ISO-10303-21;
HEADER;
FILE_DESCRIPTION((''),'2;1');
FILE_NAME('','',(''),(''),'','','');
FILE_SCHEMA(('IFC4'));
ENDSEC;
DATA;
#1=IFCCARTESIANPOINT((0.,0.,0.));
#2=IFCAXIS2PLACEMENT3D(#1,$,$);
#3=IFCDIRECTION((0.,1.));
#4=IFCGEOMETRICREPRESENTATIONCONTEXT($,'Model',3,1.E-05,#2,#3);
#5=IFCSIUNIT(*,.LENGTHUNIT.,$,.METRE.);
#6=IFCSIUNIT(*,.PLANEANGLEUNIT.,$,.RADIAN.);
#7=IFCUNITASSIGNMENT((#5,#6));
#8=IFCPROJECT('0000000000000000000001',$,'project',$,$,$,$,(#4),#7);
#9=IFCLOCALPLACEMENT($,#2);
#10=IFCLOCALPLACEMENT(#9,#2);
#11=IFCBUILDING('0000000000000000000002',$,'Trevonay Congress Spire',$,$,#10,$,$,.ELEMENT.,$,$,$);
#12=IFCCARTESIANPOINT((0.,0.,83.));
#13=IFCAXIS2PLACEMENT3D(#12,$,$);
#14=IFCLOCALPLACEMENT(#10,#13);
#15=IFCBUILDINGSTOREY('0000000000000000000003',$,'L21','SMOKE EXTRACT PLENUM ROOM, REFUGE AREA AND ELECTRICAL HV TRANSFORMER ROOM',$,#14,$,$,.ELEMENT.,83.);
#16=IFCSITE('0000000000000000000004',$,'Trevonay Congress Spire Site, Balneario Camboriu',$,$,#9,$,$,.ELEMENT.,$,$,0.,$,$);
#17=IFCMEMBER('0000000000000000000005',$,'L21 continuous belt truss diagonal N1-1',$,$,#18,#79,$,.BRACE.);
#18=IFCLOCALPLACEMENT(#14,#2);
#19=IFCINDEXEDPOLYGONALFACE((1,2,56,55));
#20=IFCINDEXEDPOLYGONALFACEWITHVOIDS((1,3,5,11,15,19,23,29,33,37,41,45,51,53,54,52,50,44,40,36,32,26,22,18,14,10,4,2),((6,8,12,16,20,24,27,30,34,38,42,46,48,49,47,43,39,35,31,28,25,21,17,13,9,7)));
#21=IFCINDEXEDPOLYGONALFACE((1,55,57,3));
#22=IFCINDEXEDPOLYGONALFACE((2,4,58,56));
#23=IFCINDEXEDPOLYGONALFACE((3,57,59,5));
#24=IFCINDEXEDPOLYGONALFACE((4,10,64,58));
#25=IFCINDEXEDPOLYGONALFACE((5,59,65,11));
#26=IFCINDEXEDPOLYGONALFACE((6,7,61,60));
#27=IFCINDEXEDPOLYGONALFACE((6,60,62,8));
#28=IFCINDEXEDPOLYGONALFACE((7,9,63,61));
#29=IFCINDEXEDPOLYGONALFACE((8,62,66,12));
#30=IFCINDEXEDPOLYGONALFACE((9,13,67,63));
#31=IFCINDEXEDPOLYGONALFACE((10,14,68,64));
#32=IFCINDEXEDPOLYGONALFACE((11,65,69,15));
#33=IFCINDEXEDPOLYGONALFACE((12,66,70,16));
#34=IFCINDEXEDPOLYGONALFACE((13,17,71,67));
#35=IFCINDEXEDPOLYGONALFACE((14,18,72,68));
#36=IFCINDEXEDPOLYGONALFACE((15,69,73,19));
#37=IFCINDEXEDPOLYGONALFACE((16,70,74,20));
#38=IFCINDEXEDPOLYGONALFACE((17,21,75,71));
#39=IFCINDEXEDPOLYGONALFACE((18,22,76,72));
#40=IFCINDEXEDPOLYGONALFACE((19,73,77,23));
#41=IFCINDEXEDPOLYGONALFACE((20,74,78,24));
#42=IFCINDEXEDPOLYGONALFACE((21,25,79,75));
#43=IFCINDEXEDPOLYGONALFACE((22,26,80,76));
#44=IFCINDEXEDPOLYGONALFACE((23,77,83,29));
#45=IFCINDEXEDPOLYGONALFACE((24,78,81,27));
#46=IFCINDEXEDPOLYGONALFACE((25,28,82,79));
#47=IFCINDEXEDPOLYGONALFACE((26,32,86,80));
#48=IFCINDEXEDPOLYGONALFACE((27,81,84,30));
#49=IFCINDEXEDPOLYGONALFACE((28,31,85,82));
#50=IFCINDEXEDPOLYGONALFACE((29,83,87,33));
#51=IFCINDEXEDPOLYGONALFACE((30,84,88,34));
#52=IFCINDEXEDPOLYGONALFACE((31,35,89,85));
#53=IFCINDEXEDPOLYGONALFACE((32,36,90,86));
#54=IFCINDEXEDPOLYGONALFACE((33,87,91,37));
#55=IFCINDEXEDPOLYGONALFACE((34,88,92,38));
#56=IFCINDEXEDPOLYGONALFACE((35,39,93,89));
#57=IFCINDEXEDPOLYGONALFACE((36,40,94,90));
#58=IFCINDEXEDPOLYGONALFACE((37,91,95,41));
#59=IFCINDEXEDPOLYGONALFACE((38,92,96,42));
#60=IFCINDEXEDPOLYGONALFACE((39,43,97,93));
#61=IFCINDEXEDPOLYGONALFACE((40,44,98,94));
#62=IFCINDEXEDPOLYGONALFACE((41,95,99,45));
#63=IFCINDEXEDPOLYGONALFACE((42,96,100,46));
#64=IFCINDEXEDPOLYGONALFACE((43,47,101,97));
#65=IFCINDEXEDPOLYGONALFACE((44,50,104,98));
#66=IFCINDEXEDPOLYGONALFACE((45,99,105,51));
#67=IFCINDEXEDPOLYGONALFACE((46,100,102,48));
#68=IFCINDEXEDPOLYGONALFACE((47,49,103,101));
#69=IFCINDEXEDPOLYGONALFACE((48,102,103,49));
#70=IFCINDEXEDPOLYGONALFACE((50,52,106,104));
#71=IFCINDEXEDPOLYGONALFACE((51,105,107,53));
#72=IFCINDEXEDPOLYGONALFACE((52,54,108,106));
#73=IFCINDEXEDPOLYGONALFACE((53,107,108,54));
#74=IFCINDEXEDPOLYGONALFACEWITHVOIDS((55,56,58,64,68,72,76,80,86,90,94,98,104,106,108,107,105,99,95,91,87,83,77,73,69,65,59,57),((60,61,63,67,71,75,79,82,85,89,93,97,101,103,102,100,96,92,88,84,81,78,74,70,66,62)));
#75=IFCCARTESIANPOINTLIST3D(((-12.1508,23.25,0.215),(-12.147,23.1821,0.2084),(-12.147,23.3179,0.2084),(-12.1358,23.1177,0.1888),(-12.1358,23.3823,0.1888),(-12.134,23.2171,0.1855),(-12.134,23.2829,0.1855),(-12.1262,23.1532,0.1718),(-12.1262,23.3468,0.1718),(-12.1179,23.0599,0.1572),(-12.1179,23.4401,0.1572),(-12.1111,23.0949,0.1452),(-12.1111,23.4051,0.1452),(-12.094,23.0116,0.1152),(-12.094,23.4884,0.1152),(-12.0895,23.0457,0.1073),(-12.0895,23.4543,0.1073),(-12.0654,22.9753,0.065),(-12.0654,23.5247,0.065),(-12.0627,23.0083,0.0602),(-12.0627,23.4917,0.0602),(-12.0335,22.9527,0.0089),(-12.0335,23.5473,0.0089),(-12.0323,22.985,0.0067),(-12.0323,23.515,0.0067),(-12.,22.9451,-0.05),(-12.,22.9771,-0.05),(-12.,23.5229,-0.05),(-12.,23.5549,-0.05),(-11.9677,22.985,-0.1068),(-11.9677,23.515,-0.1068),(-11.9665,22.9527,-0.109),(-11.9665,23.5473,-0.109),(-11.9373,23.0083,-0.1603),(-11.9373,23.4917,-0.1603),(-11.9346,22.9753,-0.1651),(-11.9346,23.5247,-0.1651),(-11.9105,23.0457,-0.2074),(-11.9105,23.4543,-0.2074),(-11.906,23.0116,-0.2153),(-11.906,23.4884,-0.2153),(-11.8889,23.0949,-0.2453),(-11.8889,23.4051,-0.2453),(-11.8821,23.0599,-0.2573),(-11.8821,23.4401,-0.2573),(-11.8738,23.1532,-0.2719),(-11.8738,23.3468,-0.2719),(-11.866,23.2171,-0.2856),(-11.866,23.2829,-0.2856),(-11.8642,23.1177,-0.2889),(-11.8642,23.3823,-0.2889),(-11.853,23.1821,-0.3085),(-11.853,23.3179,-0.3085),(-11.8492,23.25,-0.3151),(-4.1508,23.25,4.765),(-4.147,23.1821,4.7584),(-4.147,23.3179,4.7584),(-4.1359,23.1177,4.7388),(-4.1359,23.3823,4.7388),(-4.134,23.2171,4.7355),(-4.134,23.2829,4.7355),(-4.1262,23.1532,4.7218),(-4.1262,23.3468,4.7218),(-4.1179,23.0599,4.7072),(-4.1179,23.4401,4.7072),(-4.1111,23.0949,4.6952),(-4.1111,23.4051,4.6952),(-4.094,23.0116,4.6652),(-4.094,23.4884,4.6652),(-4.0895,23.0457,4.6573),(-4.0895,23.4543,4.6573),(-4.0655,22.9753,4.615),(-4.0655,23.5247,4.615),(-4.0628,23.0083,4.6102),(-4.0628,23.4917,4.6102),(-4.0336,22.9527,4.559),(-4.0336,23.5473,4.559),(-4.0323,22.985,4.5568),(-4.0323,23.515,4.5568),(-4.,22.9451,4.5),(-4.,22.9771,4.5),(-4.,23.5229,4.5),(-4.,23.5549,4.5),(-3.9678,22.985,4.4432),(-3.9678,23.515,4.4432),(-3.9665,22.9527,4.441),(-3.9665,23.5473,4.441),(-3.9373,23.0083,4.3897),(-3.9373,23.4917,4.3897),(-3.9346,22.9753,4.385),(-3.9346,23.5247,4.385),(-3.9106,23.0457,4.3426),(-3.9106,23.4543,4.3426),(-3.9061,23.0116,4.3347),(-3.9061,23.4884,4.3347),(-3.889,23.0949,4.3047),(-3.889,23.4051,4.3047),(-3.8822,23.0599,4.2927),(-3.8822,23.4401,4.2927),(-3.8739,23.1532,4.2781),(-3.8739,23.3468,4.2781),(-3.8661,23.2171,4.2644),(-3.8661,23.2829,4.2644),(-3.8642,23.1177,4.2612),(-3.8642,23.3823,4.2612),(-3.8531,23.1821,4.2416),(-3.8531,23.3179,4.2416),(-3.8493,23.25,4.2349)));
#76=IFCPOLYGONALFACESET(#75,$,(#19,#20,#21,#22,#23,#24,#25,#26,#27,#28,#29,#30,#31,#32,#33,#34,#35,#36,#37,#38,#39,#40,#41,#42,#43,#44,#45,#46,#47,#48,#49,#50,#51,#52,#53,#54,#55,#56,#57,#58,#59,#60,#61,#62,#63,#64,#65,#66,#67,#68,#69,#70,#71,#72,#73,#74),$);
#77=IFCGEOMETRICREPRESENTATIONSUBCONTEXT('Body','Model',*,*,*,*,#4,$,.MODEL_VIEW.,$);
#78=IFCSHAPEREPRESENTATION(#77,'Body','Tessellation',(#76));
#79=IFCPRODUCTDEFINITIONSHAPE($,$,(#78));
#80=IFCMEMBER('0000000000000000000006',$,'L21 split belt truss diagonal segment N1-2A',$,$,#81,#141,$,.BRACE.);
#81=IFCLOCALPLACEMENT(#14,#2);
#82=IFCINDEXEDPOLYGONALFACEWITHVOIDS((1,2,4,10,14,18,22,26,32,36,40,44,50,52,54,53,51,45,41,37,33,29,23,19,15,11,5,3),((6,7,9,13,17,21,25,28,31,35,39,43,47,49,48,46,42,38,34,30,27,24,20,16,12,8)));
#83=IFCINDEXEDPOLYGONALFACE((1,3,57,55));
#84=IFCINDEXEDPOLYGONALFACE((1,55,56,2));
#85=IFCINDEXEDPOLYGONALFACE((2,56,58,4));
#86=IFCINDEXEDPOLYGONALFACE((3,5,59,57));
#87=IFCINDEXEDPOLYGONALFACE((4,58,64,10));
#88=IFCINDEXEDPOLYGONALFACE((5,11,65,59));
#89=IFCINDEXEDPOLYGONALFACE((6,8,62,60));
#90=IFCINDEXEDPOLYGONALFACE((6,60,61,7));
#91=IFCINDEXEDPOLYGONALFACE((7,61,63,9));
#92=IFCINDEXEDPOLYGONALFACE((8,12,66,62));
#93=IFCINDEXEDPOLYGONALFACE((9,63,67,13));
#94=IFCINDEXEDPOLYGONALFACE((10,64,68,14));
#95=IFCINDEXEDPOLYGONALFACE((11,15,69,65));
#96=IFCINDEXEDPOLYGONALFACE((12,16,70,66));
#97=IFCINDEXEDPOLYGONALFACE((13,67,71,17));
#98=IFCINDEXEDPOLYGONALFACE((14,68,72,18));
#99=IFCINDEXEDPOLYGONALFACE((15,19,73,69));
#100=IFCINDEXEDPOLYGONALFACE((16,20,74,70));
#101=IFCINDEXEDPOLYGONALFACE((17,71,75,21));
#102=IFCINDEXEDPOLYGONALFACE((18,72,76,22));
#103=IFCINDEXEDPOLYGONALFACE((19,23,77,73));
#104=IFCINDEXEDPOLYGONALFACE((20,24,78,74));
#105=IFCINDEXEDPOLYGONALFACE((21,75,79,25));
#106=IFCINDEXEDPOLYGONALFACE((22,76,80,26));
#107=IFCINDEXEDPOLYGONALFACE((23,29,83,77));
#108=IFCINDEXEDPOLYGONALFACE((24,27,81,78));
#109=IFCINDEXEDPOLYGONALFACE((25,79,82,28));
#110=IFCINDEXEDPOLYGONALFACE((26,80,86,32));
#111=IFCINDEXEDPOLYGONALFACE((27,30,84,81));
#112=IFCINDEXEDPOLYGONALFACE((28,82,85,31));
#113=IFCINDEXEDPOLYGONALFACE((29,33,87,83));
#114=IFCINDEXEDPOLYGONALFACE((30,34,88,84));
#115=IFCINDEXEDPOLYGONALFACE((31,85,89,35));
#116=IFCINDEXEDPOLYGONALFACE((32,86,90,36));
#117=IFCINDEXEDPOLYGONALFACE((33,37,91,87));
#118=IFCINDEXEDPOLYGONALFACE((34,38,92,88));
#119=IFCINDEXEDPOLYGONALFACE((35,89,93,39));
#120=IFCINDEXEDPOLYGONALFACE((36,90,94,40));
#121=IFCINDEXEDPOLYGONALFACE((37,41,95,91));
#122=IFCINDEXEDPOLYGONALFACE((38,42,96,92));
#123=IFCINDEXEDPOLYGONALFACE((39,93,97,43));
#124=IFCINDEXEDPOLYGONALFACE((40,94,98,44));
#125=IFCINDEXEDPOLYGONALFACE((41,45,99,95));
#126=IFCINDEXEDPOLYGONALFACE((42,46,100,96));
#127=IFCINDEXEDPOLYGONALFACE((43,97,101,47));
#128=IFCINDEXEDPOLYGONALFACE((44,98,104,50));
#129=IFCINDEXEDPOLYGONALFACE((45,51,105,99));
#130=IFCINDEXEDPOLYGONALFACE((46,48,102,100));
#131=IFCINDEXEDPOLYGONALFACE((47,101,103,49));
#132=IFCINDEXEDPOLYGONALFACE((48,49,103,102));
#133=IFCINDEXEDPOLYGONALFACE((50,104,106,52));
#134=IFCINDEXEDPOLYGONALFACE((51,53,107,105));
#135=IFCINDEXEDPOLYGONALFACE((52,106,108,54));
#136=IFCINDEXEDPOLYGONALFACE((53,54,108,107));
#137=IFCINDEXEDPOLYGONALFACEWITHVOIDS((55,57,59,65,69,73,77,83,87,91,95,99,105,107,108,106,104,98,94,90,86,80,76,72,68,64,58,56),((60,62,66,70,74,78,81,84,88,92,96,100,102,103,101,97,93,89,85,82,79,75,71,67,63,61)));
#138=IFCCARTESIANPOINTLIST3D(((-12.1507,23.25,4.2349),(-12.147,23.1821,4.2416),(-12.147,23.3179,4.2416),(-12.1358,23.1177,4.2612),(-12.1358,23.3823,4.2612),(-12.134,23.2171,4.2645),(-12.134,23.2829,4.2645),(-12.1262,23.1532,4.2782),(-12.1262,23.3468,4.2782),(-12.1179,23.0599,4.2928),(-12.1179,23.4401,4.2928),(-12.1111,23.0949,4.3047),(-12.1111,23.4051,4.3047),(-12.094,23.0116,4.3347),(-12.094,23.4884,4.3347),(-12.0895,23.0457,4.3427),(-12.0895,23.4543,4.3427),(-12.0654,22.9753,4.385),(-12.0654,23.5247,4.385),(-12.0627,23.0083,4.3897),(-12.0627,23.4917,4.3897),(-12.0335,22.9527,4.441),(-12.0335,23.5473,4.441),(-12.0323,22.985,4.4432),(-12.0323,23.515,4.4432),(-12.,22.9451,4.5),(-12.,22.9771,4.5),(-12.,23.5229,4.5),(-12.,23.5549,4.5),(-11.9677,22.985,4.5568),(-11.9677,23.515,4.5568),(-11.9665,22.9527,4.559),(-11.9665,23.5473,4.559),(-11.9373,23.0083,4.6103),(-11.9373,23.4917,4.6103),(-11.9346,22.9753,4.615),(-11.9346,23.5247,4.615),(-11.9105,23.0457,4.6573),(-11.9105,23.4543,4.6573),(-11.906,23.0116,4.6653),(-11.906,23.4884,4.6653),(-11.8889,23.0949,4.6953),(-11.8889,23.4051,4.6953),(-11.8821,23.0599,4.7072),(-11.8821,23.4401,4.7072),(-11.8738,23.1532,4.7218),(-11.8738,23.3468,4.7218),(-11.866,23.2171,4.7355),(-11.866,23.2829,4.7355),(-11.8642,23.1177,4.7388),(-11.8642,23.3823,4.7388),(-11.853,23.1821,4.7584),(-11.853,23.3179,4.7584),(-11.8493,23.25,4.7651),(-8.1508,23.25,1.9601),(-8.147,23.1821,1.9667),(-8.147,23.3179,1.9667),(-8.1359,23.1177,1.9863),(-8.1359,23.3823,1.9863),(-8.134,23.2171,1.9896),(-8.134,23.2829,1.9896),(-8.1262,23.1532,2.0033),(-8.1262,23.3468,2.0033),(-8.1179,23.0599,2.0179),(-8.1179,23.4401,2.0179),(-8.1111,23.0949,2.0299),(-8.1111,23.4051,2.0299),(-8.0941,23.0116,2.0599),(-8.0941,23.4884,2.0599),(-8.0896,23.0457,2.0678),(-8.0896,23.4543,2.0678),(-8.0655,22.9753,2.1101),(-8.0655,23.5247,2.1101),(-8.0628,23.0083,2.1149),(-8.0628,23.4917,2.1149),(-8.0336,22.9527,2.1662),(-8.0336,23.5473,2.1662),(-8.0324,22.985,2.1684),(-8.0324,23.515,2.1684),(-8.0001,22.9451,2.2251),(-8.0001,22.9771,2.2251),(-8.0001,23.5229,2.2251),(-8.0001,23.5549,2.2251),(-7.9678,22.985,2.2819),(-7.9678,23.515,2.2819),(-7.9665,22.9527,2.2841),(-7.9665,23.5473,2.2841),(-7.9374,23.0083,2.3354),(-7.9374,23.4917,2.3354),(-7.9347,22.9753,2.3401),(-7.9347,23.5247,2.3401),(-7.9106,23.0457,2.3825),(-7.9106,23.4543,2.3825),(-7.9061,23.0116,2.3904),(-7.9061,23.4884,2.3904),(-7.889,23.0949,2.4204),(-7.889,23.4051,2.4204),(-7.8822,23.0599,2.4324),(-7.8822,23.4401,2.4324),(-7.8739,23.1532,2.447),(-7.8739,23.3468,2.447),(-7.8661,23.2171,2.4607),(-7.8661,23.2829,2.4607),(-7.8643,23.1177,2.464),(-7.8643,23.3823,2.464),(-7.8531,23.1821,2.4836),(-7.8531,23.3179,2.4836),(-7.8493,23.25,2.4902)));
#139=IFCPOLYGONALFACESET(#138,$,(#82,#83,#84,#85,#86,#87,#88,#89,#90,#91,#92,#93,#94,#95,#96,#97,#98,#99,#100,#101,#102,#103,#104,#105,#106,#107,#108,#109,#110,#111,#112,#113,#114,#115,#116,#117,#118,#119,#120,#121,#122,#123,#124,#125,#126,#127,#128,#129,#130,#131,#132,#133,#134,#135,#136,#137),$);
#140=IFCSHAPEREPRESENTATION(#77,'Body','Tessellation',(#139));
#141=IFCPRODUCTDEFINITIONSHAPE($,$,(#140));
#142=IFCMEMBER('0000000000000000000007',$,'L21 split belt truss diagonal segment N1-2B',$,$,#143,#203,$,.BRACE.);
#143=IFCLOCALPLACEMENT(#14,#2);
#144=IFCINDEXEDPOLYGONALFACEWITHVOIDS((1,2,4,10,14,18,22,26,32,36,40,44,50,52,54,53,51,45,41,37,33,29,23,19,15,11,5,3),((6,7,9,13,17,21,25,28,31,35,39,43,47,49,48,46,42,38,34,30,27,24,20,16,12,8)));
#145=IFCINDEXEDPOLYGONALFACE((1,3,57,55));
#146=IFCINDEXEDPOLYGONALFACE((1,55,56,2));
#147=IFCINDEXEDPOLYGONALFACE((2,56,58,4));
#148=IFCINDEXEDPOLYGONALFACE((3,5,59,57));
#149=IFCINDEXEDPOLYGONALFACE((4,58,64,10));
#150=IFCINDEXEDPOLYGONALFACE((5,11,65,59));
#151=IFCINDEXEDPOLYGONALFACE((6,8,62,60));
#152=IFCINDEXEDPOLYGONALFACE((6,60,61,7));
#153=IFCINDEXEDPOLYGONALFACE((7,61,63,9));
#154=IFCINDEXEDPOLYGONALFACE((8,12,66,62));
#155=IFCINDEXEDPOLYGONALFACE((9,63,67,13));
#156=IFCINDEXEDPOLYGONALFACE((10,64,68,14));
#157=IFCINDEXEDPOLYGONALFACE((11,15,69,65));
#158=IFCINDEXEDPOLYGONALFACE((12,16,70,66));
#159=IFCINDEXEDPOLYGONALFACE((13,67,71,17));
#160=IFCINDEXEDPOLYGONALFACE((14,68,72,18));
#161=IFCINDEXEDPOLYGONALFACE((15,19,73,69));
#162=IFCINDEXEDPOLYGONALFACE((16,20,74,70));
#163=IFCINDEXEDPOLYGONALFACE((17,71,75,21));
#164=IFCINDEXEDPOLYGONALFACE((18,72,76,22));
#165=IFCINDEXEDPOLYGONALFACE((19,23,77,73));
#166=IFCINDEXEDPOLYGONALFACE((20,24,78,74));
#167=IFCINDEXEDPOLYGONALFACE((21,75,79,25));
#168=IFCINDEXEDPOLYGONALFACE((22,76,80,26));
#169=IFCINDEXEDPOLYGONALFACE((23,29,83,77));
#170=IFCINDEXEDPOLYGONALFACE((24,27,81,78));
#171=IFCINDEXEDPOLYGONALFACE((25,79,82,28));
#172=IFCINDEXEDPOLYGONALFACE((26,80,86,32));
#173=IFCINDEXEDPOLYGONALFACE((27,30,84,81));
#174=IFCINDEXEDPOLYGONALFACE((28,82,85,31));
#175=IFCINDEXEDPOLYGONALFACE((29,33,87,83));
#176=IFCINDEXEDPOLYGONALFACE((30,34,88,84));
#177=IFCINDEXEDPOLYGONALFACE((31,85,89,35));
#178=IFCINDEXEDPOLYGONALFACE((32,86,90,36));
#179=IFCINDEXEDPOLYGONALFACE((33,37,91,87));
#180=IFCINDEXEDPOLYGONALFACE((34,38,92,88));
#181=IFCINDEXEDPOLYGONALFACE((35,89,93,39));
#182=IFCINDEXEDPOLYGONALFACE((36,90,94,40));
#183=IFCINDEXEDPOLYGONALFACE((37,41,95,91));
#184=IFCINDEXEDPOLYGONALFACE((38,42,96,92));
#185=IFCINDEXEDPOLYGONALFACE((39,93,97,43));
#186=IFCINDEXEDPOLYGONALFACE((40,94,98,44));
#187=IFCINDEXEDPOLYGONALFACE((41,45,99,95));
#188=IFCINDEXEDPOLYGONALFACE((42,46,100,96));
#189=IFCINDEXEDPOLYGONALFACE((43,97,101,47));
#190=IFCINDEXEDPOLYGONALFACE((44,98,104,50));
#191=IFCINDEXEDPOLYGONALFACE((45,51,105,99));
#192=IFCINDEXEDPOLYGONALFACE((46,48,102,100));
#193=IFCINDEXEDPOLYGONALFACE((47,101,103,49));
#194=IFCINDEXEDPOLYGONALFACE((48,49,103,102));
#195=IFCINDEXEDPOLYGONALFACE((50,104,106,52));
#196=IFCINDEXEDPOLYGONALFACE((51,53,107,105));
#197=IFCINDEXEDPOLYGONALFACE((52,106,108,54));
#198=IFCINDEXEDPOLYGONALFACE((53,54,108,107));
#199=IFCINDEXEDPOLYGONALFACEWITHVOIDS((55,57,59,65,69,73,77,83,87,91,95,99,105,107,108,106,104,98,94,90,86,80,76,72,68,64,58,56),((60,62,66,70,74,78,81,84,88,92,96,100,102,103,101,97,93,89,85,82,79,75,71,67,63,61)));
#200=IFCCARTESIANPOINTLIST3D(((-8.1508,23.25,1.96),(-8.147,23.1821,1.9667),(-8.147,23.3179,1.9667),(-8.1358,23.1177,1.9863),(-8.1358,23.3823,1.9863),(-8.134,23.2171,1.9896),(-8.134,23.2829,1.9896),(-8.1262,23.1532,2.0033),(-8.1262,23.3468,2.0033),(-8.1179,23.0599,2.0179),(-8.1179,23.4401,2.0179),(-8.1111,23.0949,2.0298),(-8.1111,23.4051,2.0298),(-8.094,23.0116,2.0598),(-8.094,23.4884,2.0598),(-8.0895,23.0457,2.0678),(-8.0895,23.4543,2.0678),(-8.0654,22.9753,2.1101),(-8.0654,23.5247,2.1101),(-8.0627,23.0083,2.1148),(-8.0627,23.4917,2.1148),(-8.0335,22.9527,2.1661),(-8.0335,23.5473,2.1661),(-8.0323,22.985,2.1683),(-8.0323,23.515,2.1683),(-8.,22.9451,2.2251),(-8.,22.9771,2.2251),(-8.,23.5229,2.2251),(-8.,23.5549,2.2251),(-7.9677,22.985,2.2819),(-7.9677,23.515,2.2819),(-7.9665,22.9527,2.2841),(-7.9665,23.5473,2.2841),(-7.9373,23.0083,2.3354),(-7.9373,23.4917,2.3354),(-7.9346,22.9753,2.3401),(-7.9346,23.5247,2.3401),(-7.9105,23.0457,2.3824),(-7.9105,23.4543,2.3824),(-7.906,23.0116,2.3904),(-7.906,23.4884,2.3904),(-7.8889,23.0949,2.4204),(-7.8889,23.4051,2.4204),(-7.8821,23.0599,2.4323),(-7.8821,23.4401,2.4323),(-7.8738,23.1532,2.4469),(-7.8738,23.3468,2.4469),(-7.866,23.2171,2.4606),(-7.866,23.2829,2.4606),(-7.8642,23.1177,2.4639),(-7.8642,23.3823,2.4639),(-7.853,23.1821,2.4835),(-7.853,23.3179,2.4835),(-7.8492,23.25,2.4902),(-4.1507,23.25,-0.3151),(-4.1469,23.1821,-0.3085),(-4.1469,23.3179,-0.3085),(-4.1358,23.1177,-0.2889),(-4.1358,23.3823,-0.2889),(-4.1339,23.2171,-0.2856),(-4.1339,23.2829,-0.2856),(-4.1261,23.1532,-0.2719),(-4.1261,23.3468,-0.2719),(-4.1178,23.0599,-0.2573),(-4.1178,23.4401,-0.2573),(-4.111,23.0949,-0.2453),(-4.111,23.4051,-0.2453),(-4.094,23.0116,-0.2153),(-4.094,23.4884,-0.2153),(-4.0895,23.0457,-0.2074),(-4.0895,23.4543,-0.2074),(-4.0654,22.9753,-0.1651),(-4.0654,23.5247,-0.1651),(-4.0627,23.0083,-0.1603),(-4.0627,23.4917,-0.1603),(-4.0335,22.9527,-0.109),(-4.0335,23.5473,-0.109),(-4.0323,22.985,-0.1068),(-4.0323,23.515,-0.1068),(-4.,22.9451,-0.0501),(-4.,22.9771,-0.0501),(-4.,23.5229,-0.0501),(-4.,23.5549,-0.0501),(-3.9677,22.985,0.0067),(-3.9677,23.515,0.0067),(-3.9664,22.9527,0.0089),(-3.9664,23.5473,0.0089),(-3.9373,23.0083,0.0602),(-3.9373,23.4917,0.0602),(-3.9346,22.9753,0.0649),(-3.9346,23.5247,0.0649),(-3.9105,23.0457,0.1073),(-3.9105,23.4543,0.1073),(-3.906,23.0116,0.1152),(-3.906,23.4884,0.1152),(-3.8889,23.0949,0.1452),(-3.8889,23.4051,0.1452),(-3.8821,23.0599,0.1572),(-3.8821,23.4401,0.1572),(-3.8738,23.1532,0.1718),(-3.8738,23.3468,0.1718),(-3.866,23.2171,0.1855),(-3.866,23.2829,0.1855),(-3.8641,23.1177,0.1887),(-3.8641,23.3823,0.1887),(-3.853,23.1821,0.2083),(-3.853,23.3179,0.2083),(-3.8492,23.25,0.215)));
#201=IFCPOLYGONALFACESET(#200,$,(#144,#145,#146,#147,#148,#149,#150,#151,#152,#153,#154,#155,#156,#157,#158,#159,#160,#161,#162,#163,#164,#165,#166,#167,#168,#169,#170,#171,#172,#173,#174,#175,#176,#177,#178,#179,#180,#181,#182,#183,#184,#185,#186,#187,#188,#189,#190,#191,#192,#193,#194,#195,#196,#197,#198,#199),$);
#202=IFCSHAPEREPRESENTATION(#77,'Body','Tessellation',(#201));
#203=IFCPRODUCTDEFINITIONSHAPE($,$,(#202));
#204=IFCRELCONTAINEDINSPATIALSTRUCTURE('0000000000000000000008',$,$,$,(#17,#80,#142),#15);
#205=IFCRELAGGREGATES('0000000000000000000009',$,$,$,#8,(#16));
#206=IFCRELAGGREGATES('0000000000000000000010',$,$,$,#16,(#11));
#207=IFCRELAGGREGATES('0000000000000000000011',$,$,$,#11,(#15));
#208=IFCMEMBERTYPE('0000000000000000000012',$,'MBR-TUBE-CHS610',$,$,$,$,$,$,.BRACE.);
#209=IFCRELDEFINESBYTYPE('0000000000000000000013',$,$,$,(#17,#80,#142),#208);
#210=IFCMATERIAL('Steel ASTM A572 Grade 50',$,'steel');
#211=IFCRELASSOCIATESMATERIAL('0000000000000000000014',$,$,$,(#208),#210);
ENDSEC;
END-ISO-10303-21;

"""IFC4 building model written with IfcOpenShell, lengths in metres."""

from ifc_helpers import new_model, si_unit, direction, frame, origin, origin_2d, place, context, subcontext, project, spatial, hollow_circle, extrude, material, material_profile, profile_set, type_object, element, save


model = new_model("IFC4")

# Units and contexts
model_context = context("Model", 3, precision=1e-05, world=origin(), true_north=direction((0.0, 1.0)))
body_context = subcontext(model_context, "Body", "Model", "MODEL_VIEW")
ifc_project = project(units=[si_unit("LENGTHUNIT", "METRE"), si_unit("PLANEANGLEUNIT", "RADIAN")], contexts=[model_context])

# Site, building, storey
site_placement = place(None, origin())
site = spatial("IfcSite", under=ifc_project, at=site_placement, Name="Trevonay Congress Spire Site, Balneario Camboriu", CompositionType="ELEMENT", RefElevation=0.0)
building_placement = place(site_placement, origin())
building = spatial("IfcBuilding", under=site, at=building_placement, Name="Trevonay Congress Spire", CompositionType="ELEMENT")
storey_placement = place(building_placement, frame((0.0, 0.0, 83.0)))
storey = spatial("IfcBuildingStorey", under=building, at=storey_placement, Name="L21", Description="SMOKE EXTRACT PLENUM ROOM, REFUGE AREA AND ELECTRICAL HV TRANSFORMER ROOM", CompositionType="ELEMENT", Elevation=83.0)

# Shared definitions
ifc_material_1 = material(Name="Steel ASTM A572 Grade 50", Category="steel")

# Members
ifc_material_profile_1 = material_profile(ifc_material_1, hollow_circle(Radius=0.3049, WallThickness=0.032, at=origin_2d()), Name="CHS 610x32")
ifc_profile_set_1 = profile_set([ifc_material_profile_1], Name="Steel ASTM A572 Grade 50")
member_type = type_object("IfcMemberType", Name="MBR-TUBE-CHS610", PredefinedType="BRACE", material=ifc_profile_set_1)
member_1_placement = place(storey_placement, frame((-12.0, 23.25, -0.05), z_axis=(0.869242, 0.0, 0.494387), x_axis=(0.0, 1.0, 0.0)))
element("IfcMember", 1, at=member_1_placement, inside=storey, type_object=member_type, Name="L21 continuous belt truss diagonal N1-1", PredefinedType="BRACE", context=body_context, shape_type="SweptSolid", body=[
    extrude(hollow_circle(Radius=0.3049, WallThickness=0.032, at=origin_2d()), origin(), (0.0, 0.0, 1.0), 9.2034),
])
member_2_placement = place(storey_placement, frame((-12.0, 23.25, 4.5), z_axis=(0.869253, 0.0, -0.494367), x_axis=(0.0, 1.0, 0.0)))
element("IfcMember", 2, at=member_2_placement, inside=storey, type_object=member_type, Name="L21 split belt truss diagonal segment N1-2A", PredefinedType="BRACE", context=body_context, shape_type="SweptSolid", body=[
    extrude(hollow_circle(Radius=0.3049, WallThickness=0.032, at=origin_2d()), origin(), (0.0, 0.0, 1.0), 4.6016),
])
member_3_placement = place(storey_placement, frame((-8.0, 23.25, 2.2251), z_axis=(0.869231, 0.0, -0.494407), x_axis=(0.0, 1.0, 0.0)))
element("IfcMember", 3, at=member_3_placement, inside=storey, type_object=member_type, Name="L21 split belt truss diagonal segment N1-2B", PredefinedType="BRACE", context=body_context, shape_type="SweptSolid", body=[
    extrude(hollow_circle(Radius=0.3049, WallThickness=0.032, at=origin_2d()), origin(), (0.0, 0.0, 1.0), 4.6018),
])

save(model, "model.ifc")
